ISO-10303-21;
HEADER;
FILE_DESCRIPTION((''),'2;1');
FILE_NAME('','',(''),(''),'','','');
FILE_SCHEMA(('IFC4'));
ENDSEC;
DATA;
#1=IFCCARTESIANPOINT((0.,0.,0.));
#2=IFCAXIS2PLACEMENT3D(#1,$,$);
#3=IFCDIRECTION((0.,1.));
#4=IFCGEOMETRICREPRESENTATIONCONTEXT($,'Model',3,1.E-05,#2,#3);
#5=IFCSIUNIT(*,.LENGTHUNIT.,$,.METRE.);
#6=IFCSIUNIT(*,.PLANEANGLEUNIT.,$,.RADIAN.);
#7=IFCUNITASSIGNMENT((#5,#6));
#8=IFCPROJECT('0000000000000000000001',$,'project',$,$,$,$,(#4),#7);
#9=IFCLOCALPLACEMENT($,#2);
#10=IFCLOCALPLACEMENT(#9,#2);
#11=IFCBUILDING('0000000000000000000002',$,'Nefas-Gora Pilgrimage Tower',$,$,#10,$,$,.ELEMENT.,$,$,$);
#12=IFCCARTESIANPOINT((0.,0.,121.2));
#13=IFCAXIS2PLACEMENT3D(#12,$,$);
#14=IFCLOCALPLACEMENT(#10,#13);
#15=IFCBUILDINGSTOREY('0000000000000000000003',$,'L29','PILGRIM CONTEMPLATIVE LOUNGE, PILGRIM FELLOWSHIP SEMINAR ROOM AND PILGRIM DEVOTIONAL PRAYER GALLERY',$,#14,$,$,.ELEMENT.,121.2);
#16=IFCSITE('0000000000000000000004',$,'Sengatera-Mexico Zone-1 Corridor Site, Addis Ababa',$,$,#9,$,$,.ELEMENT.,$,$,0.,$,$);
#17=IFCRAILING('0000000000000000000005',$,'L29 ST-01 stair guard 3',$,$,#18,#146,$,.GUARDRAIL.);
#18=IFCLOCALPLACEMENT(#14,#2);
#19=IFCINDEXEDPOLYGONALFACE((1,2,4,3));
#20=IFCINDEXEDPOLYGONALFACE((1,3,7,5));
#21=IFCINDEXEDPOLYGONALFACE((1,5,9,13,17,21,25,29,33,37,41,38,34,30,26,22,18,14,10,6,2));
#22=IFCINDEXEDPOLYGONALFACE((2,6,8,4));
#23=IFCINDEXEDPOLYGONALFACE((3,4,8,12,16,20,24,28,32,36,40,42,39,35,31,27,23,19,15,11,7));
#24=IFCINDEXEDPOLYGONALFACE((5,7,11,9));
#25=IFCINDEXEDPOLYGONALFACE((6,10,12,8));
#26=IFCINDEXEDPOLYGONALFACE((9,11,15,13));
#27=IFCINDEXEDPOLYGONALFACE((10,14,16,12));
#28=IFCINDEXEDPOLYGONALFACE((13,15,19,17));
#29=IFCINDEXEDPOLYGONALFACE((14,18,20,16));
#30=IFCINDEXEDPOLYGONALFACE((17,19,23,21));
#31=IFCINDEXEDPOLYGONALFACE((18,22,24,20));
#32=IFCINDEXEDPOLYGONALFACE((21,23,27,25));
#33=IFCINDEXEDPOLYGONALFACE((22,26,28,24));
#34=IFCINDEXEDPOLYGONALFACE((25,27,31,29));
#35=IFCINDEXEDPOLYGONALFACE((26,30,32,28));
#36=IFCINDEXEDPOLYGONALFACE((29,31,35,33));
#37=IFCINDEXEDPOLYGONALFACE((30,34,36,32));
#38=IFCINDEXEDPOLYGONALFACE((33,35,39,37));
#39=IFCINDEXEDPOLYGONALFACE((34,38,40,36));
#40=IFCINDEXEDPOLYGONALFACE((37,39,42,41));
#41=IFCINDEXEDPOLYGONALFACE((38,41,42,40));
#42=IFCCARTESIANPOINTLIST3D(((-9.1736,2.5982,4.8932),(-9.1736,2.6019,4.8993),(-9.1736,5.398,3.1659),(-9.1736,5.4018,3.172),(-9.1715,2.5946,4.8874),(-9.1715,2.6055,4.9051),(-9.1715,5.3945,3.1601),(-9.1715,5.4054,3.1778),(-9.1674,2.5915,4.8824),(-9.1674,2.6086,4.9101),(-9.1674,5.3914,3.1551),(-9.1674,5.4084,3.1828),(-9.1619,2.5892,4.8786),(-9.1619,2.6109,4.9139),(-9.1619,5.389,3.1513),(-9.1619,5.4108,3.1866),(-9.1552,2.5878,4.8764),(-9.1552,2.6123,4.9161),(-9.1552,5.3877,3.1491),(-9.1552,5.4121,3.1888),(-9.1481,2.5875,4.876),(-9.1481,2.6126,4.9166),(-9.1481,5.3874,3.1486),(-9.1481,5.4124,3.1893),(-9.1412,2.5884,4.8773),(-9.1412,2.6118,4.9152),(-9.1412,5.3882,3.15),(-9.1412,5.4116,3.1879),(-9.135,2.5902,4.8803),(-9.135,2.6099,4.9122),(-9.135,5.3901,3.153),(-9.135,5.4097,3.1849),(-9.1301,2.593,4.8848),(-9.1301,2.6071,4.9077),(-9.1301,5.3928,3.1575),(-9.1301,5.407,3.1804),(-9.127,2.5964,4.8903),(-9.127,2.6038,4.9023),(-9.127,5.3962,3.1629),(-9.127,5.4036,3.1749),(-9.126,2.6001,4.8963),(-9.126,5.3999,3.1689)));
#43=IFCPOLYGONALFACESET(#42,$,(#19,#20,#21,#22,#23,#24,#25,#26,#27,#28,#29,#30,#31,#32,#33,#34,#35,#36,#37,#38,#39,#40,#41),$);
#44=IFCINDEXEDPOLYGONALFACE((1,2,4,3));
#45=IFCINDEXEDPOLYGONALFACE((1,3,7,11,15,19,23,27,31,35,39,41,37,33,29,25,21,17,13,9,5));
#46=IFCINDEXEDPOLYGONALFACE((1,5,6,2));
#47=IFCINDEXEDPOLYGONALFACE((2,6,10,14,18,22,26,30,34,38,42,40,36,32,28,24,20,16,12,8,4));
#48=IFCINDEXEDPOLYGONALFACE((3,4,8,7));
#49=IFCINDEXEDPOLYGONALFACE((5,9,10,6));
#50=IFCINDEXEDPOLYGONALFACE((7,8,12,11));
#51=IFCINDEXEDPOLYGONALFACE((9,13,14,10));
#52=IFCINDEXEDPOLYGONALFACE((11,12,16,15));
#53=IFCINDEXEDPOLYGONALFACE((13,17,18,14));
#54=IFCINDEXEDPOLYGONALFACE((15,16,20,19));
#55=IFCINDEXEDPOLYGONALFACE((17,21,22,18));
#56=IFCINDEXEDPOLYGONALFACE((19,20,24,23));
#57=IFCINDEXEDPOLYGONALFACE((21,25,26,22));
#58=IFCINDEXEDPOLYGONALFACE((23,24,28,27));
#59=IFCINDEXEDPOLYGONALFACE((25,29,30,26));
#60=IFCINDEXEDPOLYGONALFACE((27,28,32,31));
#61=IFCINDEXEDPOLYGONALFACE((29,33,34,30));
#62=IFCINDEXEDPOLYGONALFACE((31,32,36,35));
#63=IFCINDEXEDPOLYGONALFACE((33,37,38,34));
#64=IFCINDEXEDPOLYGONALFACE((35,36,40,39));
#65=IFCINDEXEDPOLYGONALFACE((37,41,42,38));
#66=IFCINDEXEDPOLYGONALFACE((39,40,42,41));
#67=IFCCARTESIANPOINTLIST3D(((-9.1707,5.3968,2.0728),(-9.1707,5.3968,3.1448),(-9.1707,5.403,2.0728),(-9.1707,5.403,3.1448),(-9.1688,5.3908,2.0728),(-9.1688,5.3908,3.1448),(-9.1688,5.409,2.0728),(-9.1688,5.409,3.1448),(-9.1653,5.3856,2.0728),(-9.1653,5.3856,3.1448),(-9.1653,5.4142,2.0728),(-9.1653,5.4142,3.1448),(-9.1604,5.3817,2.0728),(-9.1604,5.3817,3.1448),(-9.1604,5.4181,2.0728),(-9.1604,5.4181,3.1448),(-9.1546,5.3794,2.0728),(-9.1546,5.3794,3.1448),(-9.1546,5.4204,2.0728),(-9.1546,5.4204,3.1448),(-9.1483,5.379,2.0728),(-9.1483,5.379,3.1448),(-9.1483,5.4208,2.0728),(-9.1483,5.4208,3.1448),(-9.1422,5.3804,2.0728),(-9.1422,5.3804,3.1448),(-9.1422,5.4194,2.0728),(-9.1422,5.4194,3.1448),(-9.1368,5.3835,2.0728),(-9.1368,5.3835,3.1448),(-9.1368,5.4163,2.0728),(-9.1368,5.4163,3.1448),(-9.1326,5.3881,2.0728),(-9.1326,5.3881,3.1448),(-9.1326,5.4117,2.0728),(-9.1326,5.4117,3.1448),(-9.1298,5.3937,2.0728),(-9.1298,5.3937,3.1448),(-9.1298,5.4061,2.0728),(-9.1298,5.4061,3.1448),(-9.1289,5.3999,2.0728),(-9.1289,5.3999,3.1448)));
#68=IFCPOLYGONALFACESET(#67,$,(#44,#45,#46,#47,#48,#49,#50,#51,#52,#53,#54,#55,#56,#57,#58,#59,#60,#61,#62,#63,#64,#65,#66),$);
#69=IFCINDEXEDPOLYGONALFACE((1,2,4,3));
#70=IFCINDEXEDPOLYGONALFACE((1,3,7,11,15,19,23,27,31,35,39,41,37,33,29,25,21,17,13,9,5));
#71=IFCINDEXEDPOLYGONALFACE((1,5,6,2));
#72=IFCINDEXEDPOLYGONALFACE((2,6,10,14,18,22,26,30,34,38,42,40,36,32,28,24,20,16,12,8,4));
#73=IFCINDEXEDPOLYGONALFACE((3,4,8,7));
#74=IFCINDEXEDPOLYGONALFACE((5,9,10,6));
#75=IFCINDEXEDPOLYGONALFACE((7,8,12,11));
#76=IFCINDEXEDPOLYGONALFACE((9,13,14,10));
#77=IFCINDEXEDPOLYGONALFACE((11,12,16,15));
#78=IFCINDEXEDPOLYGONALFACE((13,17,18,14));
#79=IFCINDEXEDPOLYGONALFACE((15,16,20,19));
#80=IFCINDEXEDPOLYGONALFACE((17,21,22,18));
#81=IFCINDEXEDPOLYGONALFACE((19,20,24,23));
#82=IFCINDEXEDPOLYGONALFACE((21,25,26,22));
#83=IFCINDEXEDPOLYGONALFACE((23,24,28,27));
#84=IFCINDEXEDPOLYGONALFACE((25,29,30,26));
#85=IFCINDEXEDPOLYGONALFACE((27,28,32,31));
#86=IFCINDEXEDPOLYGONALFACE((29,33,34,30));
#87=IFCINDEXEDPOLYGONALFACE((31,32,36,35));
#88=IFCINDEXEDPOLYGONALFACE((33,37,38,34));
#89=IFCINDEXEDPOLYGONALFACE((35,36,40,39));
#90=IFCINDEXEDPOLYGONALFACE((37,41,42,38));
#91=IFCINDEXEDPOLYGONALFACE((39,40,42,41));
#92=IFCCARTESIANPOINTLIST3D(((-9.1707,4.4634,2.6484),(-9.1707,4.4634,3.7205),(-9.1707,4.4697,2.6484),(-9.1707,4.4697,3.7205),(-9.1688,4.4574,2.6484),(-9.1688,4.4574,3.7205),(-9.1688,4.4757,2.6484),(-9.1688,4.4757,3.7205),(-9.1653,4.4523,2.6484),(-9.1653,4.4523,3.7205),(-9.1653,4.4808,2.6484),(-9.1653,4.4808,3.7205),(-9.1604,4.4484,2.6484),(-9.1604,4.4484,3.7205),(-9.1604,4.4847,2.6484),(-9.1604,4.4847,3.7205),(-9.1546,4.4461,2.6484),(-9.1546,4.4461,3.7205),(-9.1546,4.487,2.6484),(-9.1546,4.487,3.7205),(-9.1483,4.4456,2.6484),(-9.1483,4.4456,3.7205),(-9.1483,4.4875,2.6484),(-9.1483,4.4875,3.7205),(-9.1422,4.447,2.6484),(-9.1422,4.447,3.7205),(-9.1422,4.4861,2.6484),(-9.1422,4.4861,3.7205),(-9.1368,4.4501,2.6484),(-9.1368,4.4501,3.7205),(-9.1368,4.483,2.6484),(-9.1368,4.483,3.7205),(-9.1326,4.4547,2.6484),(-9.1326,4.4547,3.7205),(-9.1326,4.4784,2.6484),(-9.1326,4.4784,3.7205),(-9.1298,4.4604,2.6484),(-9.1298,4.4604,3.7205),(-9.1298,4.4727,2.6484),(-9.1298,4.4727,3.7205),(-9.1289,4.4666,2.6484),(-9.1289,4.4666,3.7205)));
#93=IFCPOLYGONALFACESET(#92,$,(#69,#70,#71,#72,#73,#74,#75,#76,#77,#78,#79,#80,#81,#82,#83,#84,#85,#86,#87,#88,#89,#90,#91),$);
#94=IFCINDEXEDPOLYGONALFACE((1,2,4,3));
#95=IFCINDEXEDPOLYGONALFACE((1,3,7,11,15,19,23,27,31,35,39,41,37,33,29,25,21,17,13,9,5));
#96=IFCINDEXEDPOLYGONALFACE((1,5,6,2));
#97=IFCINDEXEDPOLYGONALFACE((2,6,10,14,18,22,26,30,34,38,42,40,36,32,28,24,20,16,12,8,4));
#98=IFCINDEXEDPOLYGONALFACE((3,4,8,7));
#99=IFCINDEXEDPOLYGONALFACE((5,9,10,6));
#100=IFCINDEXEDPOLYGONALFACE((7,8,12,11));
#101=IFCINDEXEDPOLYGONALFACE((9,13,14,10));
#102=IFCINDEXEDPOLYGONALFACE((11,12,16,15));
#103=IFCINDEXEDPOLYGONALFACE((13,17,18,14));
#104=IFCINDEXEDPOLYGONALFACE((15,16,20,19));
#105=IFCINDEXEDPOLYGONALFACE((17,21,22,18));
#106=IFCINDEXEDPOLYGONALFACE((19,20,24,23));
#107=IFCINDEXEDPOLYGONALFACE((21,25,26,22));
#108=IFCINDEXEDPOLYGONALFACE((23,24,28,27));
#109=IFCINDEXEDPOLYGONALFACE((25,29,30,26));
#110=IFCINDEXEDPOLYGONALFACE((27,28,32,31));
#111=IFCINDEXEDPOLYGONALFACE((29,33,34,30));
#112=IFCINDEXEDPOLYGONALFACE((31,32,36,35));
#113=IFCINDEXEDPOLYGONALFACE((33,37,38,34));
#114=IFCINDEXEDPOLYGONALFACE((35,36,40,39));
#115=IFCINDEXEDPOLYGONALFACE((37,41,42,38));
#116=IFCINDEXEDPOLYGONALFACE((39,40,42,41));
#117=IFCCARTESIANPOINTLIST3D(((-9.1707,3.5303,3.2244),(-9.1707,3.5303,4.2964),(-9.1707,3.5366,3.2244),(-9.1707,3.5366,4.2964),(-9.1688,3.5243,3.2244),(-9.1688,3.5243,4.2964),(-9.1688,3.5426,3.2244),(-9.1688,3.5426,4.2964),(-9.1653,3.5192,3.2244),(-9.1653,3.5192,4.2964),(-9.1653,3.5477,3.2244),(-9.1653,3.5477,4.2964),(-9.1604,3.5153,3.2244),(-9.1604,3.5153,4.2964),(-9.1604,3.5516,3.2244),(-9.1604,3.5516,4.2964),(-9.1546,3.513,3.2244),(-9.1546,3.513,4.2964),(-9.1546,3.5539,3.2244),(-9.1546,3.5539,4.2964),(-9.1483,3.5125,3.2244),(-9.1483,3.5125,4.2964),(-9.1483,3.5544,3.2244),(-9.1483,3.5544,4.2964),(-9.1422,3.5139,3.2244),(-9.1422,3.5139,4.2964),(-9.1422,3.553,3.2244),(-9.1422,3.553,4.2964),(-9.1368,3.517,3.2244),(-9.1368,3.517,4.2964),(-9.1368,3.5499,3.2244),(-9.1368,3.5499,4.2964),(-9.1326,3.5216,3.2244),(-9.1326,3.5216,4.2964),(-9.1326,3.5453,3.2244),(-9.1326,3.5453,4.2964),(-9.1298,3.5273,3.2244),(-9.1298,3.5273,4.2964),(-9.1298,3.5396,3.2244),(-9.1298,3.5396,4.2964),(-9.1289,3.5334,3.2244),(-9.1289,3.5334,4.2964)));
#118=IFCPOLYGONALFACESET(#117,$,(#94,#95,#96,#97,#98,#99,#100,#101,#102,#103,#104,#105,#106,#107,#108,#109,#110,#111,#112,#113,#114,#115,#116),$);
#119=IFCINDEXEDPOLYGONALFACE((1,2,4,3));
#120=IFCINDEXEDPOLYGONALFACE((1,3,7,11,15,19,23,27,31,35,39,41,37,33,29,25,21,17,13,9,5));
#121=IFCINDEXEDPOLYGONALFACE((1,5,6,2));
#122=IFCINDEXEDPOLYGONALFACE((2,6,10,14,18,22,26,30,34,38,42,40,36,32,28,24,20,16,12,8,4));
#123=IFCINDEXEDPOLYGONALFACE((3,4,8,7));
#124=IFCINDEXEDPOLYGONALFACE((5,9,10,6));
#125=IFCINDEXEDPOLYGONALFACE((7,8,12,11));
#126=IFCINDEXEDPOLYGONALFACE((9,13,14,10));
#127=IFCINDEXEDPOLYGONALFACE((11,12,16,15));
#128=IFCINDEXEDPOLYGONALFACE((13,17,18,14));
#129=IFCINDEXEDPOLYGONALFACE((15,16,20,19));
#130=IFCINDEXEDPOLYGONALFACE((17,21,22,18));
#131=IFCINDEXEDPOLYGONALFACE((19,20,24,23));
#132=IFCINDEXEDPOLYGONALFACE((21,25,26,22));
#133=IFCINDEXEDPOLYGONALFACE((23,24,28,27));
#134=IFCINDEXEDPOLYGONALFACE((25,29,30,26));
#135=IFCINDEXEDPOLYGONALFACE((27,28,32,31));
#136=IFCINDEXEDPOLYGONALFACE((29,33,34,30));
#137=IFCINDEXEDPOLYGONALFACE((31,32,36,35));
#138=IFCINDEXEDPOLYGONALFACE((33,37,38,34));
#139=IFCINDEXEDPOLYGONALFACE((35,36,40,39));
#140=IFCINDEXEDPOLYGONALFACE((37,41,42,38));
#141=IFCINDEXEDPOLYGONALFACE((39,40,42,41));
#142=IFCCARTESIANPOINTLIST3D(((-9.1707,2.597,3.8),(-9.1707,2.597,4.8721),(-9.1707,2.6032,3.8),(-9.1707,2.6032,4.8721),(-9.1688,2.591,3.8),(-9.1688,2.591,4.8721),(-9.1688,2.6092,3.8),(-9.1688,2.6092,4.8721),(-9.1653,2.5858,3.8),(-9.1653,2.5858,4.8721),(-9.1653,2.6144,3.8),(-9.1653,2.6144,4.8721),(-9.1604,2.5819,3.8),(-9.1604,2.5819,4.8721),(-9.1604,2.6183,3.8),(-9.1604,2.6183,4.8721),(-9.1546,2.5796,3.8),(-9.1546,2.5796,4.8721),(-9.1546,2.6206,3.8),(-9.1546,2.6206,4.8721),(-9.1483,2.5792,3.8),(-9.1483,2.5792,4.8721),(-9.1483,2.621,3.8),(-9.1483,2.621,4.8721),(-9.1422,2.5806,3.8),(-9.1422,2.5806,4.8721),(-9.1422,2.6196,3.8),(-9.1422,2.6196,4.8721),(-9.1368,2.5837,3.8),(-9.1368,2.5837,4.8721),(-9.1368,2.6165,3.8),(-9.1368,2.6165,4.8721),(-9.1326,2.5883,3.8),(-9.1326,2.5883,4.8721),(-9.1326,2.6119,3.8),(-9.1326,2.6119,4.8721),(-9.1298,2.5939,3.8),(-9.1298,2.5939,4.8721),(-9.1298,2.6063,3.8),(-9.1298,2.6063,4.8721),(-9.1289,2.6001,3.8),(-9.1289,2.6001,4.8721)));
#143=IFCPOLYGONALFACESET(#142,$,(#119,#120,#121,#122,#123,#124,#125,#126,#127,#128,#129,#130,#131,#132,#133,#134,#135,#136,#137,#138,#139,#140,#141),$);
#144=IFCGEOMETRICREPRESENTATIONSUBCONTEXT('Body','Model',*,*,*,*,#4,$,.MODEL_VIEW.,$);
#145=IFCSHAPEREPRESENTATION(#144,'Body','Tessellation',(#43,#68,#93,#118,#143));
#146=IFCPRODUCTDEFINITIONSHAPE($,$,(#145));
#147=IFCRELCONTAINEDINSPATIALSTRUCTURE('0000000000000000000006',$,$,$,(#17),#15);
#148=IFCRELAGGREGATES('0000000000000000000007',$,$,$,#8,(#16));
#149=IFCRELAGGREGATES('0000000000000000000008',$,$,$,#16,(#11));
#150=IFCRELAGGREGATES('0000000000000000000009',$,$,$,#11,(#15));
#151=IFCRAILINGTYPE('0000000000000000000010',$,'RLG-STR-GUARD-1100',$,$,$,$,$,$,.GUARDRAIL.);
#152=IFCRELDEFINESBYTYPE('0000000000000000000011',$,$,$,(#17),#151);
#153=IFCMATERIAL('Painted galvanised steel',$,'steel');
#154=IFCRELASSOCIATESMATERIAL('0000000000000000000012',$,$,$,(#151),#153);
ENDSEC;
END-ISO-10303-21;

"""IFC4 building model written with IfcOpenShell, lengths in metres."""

from ifc_helpers import new_model, si_unit, direction, frame, origin, origin_2d, place, context, subcontext, project, spatial, circle, extrude, material, type_object, element, save


model = new_model("IFC4")

# Units and contexts
model_context = context("Model", 3, precision=1e-05, world=origin(), true_north=direction((0.0, 1.0)))
body_context = subcontext(model_context, "Body", "Model", "MODEL_VIEW")
ifc_project = project(units=[si_unit("LENGTHUNIT", "METRE"), si_unit("PLANEANGLEUNIT", "RADIAN")], contexts=[model_context])

# Site, building, storey
site_placement = place(None, origin())
site = spatial("IfcSite", under=ifc_project, at=site_placement, Name="Sengatera-Mexico Zone-1 Corridor Site, Addis Ababa", CompositionType="ELEMENT", RefElevation=0.0)
building_placement = place(site_placement, origin())
building = spatial("IfcBuilding", under=site, at=building_placement, Name="Nefas-Gora Pilgrimage Tower", CompositionType="ELEMENT")
storey_placement = place(building_placement, frame((0.0, 0.0, 121.2)))
storey = spatial("IfcBuildingStorey", under=building, at=storey_placement, Name="L29", Description="PILGRIM CONTEMPLATIVE LOUNGE, PILGRIM FELLOWSHIP SEMINAR ROOM AND PILGRIM DEVOTIONAL PRAYER GALLERY", CompositionType="ELEMENT", Elevation=121.2)

# Railing
ifc_material_1 = material(Name="Painted galvanised steel", Category="steel")
railing_type_1 = type_object("IfcRailingType", Name="RLG-STR-GUARD-1100", PredefinedType="GUARDRAIL", material=ifc_material_1)
railing_1_placement = place(storey_placement, frame((-9.1499, 5.3999, 2.0728)))
element("IfcRailing", 1, at=railing_1_placement, inside=storey, type_object=railing_type_1, Name="L29 ST-01 stair guard 3", PredefinedType="GUARDRAIL", context=body_context, shape_type="SweptSolid", body=[
    extrude(circle(Radius=0.0239, at=origin_2d()), frame((0.0, 0.0, 1.0962), z_axis=(0.0, -0.851069, 0.525054), x_axis=(1.0, 0.0, 0.0)), (0.0, 0.0, 1.0), 3.2898),
    extrude(circle(Radius=0.021, at=origin_2d()), origin(), (0.0, 0.0, 1.0), 1.072),
    extrude(circle(Radius=0.021, at=origin_2d()), frame((0.0, -0.9333, 0.5757)), (0.0, 0.0, 1.0), 1.072),
    extrude(circle(Radius=0.021, at=origin_2d()), frame((0.0, -1.8665, 1.1516)), (0.0, 0.0, 1.0), 1.072),
    extrude(circle(Radius=0.021, at=origin_2d()), frame((0.0, -2.7998, 1.7273)), (0.0, 0.0, 1.0), 1.072),
])

save(model, "model.ifc")
